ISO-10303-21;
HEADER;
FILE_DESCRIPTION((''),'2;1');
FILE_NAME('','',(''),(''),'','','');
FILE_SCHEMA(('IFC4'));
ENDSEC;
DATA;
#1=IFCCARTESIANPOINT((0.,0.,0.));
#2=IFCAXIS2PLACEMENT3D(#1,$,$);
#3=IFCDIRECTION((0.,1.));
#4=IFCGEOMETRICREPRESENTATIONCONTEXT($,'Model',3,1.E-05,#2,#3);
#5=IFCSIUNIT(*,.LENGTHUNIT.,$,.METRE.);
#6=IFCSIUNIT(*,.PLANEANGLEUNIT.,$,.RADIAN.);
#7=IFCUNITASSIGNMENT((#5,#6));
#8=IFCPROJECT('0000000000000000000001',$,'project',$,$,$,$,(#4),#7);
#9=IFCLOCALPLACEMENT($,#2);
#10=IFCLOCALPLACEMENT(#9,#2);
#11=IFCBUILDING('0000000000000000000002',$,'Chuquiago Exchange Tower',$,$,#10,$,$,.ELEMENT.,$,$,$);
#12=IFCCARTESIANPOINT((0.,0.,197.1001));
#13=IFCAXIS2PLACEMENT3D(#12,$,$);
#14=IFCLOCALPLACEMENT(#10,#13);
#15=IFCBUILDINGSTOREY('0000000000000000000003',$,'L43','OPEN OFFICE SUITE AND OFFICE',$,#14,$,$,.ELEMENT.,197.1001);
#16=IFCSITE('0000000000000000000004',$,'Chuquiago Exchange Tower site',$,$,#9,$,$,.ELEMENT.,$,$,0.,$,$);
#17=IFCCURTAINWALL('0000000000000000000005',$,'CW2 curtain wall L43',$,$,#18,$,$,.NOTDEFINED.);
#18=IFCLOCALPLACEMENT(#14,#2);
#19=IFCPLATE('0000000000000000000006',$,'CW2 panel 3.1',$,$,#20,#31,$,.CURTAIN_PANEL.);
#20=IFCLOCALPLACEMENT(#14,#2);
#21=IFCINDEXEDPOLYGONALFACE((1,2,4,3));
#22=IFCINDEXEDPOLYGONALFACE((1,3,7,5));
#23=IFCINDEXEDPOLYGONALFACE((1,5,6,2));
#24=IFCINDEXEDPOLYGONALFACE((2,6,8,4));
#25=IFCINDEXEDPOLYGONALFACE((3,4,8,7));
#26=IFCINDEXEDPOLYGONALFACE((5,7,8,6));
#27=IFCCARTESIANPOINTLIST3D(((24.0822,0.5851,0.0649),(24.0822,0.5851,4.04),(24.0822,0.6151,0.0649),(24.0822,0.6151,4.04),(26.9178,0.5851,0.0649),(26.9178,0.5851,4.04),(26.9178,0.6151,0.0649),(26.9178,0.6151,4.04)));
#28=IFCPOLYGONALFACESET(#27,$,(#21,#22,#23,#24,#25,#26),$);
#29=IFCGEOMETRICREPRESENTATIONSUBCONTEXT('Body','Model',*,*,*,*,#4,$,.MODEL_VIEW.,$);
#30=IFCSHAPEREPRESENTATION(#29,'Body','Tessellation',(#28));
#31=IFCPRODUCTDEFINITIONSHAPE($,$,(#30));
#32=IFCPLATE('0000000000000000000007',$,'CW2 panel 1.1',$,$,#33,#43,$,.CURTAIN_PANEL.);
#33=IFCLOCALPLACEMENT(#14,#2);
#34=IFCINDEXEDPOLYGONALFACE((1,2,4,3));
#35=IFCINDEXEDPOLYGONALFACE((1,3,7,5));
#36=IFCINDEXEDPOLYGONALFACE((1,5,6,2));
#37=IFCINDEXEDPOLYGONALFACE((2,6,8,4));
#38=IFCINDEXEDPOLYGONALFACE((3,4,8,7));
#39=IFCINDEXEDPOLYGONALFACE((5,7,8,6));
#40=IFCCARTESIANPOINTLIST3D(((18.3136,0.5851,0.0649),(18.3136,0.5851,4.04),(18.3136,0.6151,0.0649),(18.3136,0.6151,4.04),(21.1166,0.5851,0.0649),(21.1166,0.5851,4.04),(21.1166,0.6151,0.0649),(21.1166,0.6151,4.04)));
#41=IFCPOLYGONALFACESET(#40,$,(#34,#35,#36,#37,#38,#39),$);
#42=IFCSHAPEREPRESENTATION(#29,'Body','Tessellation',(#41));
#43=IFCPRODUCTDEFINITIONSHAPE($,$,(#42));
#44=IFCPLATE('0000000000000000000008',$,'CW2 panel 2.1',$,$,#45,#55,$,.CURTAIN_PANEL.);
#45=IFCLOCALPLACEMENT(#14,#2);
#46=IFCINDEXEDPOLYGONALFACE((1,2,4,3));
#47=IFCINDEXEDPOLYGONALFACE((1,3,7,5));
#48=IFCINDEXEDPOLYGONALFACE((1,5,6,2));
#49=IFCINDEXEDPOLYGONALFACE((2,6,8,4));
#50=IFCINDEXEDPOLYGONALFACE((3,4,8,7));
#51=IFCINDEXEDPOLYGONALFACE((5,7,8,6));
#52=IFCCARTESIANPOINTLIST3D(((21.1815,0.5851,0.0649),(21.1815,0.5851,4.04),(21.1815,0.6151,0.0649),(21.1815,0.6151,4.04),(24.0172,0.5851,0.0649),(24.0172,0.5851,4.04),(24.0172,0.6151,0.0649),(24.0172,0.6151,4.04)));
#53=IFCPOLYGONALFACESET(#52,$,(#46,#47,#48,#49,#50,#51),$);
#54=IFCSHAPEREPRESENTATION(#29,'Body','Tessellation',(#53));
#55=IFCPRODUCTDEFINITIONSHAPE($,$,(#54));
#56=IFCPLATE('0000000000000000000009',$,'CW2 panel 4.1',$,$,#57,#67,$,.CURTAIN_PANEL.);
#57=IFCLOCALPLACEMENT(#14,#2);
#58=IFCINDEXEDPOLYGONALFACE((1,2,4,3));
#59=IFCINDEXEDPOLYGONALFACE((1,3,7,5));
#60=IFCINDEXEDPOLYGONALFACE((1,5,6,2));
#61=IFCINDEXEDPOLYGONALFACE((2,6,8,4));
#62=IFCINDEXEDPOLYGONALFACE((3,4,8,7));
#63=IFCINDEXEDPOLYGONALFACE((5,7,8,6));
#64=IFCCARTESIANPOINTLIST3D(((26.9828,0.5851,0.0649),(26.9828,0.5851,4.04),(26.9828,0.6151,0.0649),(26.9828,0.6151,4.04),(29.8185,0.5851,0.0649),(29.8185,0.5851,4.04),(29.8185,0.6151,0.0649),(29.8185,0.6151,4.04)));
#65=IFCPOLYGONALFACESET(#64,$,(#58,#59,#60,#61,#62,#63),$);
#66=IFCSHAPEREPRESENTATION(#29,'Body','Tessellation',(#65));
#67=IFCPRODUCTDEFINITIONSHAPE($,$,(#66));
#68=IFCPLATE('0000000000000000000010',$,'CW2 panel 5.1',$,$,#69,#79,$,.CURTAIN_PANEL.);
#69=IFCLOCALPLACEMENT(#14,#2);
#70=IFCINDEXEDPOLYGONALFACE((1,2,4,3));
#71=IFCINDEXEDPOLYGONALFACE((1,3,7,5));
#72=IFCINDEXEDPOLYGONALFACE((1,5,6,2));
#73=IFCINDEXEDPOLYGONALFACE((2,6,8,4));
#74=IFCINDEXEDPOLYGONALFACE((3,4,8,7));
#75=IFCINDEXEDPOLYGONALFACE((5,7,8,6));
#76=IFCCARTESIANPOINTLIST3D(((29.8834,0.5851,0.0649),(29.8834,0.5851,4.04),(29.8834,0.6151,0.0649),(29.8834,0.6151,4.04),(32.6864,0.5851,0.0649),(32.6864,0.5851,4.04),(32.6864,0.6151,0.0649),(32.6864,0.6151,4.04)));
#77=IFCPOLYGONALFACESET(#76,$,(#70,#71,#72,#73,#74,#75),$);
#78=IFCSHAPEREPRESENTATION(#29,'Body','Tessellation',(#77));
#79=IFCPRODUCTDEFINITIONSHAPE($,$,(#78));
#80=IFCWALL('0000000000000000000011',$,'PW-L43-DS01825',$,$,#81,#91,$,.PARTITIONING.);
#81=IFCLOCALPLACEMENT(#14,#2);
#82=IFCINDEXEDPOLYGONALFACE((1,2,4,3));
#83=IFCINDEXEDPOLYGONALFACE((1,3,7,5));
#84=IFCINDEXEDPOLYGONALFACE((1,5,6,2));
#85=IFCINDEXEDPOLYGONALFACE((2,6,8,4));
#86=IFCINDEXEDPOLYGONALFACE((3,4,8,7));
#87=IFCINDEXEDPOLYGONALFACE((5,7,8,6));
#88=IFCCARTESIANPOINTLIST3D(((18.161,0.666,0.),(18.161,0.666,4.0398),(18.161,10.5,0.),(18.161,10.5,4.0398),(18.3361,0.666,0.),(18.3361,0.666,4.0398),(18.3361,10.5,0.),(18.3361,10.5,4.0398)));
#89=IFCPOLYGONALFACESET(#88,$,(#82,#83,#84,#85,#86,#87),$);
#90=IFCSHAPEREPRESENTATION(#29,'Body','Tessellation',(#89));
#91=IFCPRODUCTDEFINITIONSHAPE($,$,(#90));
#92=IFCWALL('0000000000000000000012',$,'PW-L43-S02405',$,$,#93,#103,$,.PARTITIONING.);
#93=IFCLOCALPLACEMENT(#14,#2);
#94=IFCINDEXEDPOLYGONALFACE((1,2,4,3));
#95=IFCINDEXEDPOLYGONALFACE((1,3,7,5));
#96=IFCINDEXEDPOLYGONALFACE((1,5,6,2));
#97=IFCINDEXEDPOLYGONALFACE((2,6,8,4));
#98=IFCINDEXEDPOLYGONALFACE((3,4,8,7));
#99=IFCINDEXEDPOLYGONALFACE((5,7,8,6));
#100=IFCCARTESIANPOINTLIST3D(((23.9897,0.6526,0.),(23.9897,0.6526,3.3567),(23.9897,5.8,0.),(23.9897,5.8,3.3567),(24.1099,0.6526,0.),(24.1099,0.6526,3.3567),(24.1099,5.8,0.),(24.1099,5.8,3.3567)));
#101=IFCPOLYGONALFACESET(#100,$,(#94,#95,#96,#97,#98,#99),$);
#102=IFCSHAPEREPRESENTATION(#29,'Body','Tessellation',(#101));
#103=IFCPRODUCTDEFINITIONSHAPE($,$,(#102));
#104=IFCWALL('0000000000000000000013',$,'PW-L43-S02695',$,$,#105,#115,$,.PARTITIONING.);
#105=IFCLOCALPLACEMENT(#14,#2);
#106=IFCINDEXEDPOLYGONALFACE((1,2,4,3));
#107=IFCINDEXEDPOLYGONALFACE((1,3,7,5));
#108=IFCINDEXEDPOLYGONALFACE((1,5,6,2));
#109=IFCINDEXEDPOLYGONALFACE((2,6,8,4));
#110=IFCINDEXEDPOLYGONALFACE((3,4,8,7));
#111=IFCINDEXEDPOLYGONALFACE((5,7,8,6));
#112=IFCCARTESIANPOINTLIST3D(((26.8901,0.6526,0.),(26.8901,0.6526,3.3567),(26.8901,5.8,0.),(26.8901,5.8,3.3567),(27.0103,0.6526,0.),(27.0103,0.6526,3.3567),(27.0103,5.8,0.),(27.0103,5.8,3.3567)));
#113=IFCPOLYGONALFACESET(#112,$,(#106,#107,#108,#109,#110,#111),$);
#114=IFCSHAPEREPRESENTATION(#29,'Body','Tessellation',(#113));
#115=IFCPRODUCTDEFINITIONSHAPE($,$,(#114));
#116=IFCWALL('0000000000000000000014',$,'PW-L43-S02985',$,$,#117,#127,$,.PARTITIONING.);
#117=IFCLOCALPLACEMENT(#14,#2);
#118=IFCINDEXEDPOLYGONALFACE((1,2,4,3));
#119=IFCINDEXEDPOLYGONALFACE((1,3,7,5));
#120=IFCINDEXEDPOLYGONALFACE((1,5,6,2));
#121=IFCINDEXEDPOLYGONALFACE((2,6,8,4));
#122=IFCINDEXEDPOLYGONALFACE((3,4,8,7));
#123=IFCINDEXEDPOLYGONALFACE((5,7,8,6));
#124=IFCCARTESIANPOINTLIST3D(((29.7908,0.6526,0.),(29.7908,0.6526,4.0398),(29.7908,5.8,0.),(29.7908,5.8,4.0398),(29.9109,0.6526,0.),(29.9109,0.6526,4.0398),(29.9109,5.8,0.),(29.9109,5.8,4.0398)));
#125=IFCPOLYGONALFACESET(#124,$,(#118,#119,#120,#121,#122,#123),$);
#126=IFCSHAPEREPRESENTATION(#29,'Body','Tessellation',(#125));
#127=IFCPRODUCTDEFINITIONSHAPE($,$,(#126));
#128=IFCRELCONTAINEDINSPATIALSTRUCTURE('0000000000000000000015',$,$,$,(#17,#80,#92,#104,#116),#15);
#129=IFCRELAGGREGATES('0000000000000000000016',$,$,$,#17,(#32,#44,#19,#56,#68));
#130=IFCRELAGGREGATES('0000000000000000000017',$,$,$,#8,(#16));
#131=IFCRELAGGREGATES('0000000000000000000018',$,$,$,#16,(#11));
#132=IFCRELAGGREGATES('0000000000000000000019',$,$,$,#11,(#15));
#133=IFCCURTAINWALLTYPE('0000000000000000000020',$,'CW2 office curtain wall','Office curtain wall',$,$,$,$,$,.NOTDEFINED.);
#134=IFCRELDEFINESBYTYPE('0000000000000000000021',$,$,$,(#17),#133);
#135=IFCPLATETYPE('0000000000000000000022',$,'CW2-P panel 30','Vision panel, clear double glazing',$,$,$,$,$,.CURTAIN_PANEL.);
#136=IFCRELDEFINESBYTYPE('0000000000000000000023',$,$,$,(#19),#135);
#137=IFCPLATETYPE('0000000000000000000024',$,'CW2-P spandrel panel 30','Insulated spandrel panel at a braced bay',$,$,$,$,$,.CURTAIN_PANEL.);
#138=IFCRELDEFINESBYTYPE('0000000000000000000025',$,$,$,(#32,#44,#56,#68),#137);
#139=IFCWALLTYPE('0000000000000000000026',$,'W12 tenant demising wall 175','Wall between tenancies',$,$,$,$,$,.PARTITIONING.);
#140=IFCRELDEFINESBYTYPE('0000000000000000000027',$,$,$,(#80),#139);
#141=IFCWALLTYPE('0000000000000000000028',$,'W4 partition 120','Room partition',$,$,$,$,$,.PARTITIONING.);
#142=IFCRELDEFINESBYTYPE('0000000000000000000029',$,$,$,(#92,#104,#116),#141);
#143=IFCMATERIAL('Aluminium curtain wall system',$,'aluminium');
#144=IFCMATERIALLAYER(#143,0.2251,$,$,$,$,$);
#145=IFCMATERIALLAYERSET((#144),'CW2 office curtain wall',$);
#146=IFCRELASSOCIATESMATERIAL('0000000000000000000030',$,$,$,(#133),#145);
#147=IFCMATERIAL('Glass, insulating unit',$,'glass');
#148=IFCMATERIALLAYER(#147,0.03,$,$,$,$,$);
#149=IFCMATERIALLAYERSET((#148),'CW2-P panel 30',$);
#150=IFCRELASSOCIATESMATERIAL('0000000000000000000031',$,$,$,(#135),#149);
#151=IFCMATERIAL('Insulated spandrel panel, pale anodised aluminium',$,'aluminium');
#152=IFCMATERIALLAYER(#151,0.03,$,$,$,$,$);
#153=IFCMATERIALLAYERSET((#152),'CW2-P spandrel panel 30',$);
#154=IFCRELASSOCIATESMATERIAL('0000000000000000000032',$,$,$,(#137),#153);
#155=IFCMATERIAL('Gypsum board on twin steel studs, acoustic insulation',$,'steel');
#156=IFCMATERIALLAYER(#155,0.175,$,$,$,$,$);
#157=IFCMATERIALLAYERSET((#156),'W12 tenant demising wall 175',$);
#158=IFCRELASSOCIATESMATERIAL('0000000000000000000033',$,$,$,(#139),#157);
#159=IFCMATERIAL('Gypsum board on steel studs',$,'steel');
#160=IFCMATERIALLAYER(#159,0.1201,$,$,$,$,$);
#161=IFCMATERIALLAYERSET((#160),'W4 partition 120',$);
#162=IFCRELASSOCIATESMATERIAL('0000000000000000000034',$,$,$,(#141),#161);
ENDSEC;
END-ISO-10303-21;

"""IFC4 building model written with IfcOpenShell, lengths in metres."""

from ifc_helpers import new_model, si_unit, direction, frame, frame_2d, origin, origin_2d, place, context, subcontext, project, spatial, rectangle, extrude, material, layer, layer_set, type_object, element, aggregate, save


model = new_model("IFC4")

# Units and contexts
model_context = context("Model", 3, precision=1e-05, world=origin(), true_north=direction((0.0, 1.0)))
body_context = subcontext(model_context, "Body", "Model", "MODEL_VIEW")
ifc_project = project(units=[si_unit("LENGTHUNIT", "METRE"), si_unit("PLANEANGLEUNIT", "RADIAN")], contexts=[model_context])

# Site, building, storey
site_placement = place(None, origin())
site = spatial("IfcSite", under=ifc_project, at=site_placement, Name="Chuquiago Exchange Tower site", CompositionType="ELEMENT", RefElevation=0.0)
building_placement = place(site_placement, origin())
building = spatial("IfcBuilding", under=site, at=building_placement, Name="Chuquiago Exchange Tower", CompositionType="ELEMENT")
storey_placement = place(building_placement, frame((0.0, 0.0, 197.1001)))
storey = spatial("IfcBuildingStorey", under=building, at=storey_placement, Name="L43", Description="OPEN OFFICE SUITE AND OFFICE", CompositionType="ELEMENT", Elevation=197.1001)

# Curtain wall
ifc_material_1 = material(Name="Aluminium curtain wall system", Category="aluminium")
ifc_layer_1 = layer(ifc_material_1, 0.2251)
ifc_layer_set_1 = layer_set([ifc_layer_1], Name="CW2 office curtain wall")
curtain_wall_type_1 = type_object("IfcCurtainWallType", Name="CW2 office curtain wall", Description="Office curtain wall", PredefinedType="NOTDEFINED", material=ifc_layer_set_1)
curtain_wall_1_placement = place(storey_placement, origin())
curtain_wall_1 = element("IfcCurtainWall", 1, at=curtain_wall_1_placement, inside=storey, type_object=curtain_wall_type_1, Name="CW2 curtain wall L43", PredefinedType="NOTDEFINED")

# Plates
ifc_material_2 = material(Name="Glass, insulating unit", Category="glass")
ifc_layer_2 = layer(ifc_material_2, 0.03)
ifc_layer_set_2 = layer_set([ifc_layer_2], Name="CW2-P panel 30")
plate_type_1 = type_object("IfcPlateType", Name="CW2-P panel 30", Description="Vision panel, clear double glazing", PredefinedType="CURTAIN_PANEL", material=ifc_layer_set_2)
plate_1_placement = place(storey_placement, frame((25.5, 0.6001, 0.0649), z_axis=(0.0, 0.0, 1.0), x_axis=(1.0, 0.0, 0.0)))
plate_1 = element("IfcPlate", 2, at=plate_1_placement, type_object=plate_type_1, Name="CW2 panel 3.1", PredefinedType="CURTAIN_PANEL", context=body_context, shape_type="SweptSolid", body=[
    extrude(rectangle(XDim=2.8357, YDim=0.03, at=origin_2d()), origin(), (0.0, 0.0, 1.0), 3.9751),
])
ifc_material_3 = material(Name="Insulated spandrel panel, pale anodised aluminium", Category="aluminium")
ifc_layer_3 = layer(ifc_material_3, 0.03)
ifc_layer_set_3 = layer_set([ifc_layer_3], Name="CW2-P spandrel panel 30")
plate_type_2 = type_object("IfcPlateType", Name="CW2-P spandrel panel 30", Description="Insulated spandrel panel at a braced bay", PredefinedType="CURTAIN_PANEL", material=ifc_layer_set_3)
plate_2_placement = place(storey_placement, frame((19.7151, 0.6001, 0.0649), z_axis=(0.0, 0.0, 1.0), x_axis=(1.0, 0.0, 0.0)))
plate_2 = element("IfcPlate", 3, at=plate_2_placement, type_object=plate_type_2, Name="CW2 panel 1.1", PredefinedType="CURTAIN_PANEL", context=body_context, shape_type="SweptSolid", body=[
    extrude(rectangle(XDim=2.803, YDim=0.03, at=origin_2d()), origin(), (0.0, 0.0, 1.0), 3.9751),
])
plate_3_placement = place(storey_placement, frame((22.5994, 0.6001, 0.0649), z_axis=(0.0, 0.0, 1.0), x_axis=(1.0, 0.0, 0.0)))
plate_3 = element("IfcPlate", 4, at=plate_3_placement, type_object=plate_type_2, Name="CW2 panel 2.1", PredefinedType="CURTAIN_PANEL", context=body_context, shape_type="SweptSolid", body=[
    extrude(rectangle(XDim=2.8357, YDim=0.03, at=origin_2d()), origin(), (0.0, 0.0, 1.0), 3.9751),
])
plate_4_placement = place(storey_placement, frame((28.4006, 0.6001, 0.0649), z_axis=(0.0, 0.0, 1.0), x_axis=(1.0, 0.0, 0.0)))
plate_4 = element("IfcPlate", 5, at=plate_4_placement, type_object=plate_type_2, Name="CW2 panel 4.1", PredefinedType="CURTAIN_PANEL", context=body_context, shape_type="SweptSolid", body=[
    extrude(rectangle(XDim=2.8357, YDim=0.03, at=origin_2d()), origin(), (0.0, 0.0, 1.0), 3.9751),
])
plate_5_placement = place(storey_placement, frame((31.2849, 0.6001, 0.0649), z_axis=(0.0, 0.0, 1.0), x_axis=(1.0, 0.0, 0.0)))
plate_5 = element("IfcPlate", 6, at=plate_5_placement, type_object=plate_type_2, Name="CW2 panel 5.1", PredefinedType="CURTAIN_PANEL", context=body_context, shape_type="SweptSolid", body=[
    extrude(rectangle(XDim=2.803, YDim=0.03, at=origin_2d()), origin(), (0.0, 0.0, 1.0), 3.9751),
])
aggregate(curtain_wall_1, [plate_2, plate_3, plate_1, plate_4, plate_5])

# Walls
ifc_material_4 = material(Name="Gypsum board on twin steel studs, acoustic insulation", Category="steel")
ifc_layer_4 = layer(ifc_material_4, 0.175)
ifc_layer_set_4 = layer_set([ifc_layer_4], Name="W12 tenant demising wall 175")
wall_type_1 = type_object("IfcWallType", Name="W12 tenant demising wall 175", Description="Wall between tenancies", PredefinedType="PARTITIONING", material=ifc_layer_set_4)
wall_1_placement = place(storey_placement, frame((18.2485, 0.666, 0.0), z_axis=(0.0, 0.0, 1.0), x_axis=(0.0, 1.0, 0.0)))
element("IfcWall", 7, at=wall_1_placement, inside=storey, type_object=wall_type_1, Name="PW-L43-DS01825", PredefinedType="PARTITIONING", context=body_context, shape_type="SweptSolid", body=[
    extrude(rectangle(XDim=9.834, YDim=0.175, at=frame_2d((4.917, 0.0))), origin(), (0.0, 0.0, 1.0), 4.0398),
])
ifc_material_5 = material(Name="Gypsum board on steel studs", Category="steel")
ifc_layer_5 = layer(ifc_material_5, 0.1201)
ifc_layer_set_5 = layer_set([ifc_layer_5], Name="W4 partition 120")
wall_type_2 = type_object("IfcWallType", Name="W4 partition 120", Description="Room partition", PredefinedType="PARTITIONING", material=ifc_layer_set_5)
for number, where, z_axis, x_axis, name in (
    (8, (24.0498, 0.6526, 0.0), (0.0, 0.0, 1.0), (0.0, 1.0, 0.0), "PW-L43-S02405"),
    (9, (26.9502, 0.6526, 0.0), (0.0, 0.0, 1.0), (0.0, 1.0, 0.0), "PW-L43-S02695"),
):
    element("IfcWall", number, at=place(storey_placement, frame(where, z_axis=z_axis, x_axis=x_axis)), inside=storey, type_object=wall_type_2, Name=name, PredefinedType="PARTITIONING", context=body_context, shape_type="SweptSolid", body=[
        extrude(rectangle(XDim=5.1475, YDim=0.1201, at=frame_2d((2.5737, 0.0))), origin(), (0.0, 0.0, 1.0), 3.3567),
    ])
wall_2_placement = place(storey_placement, frame((29.8508, 0.6526, 0.0), z_axis=(0.0, 0.0, 1.0), x_axis=(0.0, 1.0, 0.0)))
element("IfcWall", 10, at=wall_2_placement, inside=storey, type_object=wall_type_2, Name="PW-L43-S02985", PredefinedType="PARTITIONING", context=body_context, shape_type="SweptSolid", body=[
    extrude(rectangle(XDim=5.1475, YDim=0.1201, at=frame_2d((2.5737, 0.0))), origin(), (0.0, 0.0, 1.0), 4.0398),
])

save(model, "model.ifc")
